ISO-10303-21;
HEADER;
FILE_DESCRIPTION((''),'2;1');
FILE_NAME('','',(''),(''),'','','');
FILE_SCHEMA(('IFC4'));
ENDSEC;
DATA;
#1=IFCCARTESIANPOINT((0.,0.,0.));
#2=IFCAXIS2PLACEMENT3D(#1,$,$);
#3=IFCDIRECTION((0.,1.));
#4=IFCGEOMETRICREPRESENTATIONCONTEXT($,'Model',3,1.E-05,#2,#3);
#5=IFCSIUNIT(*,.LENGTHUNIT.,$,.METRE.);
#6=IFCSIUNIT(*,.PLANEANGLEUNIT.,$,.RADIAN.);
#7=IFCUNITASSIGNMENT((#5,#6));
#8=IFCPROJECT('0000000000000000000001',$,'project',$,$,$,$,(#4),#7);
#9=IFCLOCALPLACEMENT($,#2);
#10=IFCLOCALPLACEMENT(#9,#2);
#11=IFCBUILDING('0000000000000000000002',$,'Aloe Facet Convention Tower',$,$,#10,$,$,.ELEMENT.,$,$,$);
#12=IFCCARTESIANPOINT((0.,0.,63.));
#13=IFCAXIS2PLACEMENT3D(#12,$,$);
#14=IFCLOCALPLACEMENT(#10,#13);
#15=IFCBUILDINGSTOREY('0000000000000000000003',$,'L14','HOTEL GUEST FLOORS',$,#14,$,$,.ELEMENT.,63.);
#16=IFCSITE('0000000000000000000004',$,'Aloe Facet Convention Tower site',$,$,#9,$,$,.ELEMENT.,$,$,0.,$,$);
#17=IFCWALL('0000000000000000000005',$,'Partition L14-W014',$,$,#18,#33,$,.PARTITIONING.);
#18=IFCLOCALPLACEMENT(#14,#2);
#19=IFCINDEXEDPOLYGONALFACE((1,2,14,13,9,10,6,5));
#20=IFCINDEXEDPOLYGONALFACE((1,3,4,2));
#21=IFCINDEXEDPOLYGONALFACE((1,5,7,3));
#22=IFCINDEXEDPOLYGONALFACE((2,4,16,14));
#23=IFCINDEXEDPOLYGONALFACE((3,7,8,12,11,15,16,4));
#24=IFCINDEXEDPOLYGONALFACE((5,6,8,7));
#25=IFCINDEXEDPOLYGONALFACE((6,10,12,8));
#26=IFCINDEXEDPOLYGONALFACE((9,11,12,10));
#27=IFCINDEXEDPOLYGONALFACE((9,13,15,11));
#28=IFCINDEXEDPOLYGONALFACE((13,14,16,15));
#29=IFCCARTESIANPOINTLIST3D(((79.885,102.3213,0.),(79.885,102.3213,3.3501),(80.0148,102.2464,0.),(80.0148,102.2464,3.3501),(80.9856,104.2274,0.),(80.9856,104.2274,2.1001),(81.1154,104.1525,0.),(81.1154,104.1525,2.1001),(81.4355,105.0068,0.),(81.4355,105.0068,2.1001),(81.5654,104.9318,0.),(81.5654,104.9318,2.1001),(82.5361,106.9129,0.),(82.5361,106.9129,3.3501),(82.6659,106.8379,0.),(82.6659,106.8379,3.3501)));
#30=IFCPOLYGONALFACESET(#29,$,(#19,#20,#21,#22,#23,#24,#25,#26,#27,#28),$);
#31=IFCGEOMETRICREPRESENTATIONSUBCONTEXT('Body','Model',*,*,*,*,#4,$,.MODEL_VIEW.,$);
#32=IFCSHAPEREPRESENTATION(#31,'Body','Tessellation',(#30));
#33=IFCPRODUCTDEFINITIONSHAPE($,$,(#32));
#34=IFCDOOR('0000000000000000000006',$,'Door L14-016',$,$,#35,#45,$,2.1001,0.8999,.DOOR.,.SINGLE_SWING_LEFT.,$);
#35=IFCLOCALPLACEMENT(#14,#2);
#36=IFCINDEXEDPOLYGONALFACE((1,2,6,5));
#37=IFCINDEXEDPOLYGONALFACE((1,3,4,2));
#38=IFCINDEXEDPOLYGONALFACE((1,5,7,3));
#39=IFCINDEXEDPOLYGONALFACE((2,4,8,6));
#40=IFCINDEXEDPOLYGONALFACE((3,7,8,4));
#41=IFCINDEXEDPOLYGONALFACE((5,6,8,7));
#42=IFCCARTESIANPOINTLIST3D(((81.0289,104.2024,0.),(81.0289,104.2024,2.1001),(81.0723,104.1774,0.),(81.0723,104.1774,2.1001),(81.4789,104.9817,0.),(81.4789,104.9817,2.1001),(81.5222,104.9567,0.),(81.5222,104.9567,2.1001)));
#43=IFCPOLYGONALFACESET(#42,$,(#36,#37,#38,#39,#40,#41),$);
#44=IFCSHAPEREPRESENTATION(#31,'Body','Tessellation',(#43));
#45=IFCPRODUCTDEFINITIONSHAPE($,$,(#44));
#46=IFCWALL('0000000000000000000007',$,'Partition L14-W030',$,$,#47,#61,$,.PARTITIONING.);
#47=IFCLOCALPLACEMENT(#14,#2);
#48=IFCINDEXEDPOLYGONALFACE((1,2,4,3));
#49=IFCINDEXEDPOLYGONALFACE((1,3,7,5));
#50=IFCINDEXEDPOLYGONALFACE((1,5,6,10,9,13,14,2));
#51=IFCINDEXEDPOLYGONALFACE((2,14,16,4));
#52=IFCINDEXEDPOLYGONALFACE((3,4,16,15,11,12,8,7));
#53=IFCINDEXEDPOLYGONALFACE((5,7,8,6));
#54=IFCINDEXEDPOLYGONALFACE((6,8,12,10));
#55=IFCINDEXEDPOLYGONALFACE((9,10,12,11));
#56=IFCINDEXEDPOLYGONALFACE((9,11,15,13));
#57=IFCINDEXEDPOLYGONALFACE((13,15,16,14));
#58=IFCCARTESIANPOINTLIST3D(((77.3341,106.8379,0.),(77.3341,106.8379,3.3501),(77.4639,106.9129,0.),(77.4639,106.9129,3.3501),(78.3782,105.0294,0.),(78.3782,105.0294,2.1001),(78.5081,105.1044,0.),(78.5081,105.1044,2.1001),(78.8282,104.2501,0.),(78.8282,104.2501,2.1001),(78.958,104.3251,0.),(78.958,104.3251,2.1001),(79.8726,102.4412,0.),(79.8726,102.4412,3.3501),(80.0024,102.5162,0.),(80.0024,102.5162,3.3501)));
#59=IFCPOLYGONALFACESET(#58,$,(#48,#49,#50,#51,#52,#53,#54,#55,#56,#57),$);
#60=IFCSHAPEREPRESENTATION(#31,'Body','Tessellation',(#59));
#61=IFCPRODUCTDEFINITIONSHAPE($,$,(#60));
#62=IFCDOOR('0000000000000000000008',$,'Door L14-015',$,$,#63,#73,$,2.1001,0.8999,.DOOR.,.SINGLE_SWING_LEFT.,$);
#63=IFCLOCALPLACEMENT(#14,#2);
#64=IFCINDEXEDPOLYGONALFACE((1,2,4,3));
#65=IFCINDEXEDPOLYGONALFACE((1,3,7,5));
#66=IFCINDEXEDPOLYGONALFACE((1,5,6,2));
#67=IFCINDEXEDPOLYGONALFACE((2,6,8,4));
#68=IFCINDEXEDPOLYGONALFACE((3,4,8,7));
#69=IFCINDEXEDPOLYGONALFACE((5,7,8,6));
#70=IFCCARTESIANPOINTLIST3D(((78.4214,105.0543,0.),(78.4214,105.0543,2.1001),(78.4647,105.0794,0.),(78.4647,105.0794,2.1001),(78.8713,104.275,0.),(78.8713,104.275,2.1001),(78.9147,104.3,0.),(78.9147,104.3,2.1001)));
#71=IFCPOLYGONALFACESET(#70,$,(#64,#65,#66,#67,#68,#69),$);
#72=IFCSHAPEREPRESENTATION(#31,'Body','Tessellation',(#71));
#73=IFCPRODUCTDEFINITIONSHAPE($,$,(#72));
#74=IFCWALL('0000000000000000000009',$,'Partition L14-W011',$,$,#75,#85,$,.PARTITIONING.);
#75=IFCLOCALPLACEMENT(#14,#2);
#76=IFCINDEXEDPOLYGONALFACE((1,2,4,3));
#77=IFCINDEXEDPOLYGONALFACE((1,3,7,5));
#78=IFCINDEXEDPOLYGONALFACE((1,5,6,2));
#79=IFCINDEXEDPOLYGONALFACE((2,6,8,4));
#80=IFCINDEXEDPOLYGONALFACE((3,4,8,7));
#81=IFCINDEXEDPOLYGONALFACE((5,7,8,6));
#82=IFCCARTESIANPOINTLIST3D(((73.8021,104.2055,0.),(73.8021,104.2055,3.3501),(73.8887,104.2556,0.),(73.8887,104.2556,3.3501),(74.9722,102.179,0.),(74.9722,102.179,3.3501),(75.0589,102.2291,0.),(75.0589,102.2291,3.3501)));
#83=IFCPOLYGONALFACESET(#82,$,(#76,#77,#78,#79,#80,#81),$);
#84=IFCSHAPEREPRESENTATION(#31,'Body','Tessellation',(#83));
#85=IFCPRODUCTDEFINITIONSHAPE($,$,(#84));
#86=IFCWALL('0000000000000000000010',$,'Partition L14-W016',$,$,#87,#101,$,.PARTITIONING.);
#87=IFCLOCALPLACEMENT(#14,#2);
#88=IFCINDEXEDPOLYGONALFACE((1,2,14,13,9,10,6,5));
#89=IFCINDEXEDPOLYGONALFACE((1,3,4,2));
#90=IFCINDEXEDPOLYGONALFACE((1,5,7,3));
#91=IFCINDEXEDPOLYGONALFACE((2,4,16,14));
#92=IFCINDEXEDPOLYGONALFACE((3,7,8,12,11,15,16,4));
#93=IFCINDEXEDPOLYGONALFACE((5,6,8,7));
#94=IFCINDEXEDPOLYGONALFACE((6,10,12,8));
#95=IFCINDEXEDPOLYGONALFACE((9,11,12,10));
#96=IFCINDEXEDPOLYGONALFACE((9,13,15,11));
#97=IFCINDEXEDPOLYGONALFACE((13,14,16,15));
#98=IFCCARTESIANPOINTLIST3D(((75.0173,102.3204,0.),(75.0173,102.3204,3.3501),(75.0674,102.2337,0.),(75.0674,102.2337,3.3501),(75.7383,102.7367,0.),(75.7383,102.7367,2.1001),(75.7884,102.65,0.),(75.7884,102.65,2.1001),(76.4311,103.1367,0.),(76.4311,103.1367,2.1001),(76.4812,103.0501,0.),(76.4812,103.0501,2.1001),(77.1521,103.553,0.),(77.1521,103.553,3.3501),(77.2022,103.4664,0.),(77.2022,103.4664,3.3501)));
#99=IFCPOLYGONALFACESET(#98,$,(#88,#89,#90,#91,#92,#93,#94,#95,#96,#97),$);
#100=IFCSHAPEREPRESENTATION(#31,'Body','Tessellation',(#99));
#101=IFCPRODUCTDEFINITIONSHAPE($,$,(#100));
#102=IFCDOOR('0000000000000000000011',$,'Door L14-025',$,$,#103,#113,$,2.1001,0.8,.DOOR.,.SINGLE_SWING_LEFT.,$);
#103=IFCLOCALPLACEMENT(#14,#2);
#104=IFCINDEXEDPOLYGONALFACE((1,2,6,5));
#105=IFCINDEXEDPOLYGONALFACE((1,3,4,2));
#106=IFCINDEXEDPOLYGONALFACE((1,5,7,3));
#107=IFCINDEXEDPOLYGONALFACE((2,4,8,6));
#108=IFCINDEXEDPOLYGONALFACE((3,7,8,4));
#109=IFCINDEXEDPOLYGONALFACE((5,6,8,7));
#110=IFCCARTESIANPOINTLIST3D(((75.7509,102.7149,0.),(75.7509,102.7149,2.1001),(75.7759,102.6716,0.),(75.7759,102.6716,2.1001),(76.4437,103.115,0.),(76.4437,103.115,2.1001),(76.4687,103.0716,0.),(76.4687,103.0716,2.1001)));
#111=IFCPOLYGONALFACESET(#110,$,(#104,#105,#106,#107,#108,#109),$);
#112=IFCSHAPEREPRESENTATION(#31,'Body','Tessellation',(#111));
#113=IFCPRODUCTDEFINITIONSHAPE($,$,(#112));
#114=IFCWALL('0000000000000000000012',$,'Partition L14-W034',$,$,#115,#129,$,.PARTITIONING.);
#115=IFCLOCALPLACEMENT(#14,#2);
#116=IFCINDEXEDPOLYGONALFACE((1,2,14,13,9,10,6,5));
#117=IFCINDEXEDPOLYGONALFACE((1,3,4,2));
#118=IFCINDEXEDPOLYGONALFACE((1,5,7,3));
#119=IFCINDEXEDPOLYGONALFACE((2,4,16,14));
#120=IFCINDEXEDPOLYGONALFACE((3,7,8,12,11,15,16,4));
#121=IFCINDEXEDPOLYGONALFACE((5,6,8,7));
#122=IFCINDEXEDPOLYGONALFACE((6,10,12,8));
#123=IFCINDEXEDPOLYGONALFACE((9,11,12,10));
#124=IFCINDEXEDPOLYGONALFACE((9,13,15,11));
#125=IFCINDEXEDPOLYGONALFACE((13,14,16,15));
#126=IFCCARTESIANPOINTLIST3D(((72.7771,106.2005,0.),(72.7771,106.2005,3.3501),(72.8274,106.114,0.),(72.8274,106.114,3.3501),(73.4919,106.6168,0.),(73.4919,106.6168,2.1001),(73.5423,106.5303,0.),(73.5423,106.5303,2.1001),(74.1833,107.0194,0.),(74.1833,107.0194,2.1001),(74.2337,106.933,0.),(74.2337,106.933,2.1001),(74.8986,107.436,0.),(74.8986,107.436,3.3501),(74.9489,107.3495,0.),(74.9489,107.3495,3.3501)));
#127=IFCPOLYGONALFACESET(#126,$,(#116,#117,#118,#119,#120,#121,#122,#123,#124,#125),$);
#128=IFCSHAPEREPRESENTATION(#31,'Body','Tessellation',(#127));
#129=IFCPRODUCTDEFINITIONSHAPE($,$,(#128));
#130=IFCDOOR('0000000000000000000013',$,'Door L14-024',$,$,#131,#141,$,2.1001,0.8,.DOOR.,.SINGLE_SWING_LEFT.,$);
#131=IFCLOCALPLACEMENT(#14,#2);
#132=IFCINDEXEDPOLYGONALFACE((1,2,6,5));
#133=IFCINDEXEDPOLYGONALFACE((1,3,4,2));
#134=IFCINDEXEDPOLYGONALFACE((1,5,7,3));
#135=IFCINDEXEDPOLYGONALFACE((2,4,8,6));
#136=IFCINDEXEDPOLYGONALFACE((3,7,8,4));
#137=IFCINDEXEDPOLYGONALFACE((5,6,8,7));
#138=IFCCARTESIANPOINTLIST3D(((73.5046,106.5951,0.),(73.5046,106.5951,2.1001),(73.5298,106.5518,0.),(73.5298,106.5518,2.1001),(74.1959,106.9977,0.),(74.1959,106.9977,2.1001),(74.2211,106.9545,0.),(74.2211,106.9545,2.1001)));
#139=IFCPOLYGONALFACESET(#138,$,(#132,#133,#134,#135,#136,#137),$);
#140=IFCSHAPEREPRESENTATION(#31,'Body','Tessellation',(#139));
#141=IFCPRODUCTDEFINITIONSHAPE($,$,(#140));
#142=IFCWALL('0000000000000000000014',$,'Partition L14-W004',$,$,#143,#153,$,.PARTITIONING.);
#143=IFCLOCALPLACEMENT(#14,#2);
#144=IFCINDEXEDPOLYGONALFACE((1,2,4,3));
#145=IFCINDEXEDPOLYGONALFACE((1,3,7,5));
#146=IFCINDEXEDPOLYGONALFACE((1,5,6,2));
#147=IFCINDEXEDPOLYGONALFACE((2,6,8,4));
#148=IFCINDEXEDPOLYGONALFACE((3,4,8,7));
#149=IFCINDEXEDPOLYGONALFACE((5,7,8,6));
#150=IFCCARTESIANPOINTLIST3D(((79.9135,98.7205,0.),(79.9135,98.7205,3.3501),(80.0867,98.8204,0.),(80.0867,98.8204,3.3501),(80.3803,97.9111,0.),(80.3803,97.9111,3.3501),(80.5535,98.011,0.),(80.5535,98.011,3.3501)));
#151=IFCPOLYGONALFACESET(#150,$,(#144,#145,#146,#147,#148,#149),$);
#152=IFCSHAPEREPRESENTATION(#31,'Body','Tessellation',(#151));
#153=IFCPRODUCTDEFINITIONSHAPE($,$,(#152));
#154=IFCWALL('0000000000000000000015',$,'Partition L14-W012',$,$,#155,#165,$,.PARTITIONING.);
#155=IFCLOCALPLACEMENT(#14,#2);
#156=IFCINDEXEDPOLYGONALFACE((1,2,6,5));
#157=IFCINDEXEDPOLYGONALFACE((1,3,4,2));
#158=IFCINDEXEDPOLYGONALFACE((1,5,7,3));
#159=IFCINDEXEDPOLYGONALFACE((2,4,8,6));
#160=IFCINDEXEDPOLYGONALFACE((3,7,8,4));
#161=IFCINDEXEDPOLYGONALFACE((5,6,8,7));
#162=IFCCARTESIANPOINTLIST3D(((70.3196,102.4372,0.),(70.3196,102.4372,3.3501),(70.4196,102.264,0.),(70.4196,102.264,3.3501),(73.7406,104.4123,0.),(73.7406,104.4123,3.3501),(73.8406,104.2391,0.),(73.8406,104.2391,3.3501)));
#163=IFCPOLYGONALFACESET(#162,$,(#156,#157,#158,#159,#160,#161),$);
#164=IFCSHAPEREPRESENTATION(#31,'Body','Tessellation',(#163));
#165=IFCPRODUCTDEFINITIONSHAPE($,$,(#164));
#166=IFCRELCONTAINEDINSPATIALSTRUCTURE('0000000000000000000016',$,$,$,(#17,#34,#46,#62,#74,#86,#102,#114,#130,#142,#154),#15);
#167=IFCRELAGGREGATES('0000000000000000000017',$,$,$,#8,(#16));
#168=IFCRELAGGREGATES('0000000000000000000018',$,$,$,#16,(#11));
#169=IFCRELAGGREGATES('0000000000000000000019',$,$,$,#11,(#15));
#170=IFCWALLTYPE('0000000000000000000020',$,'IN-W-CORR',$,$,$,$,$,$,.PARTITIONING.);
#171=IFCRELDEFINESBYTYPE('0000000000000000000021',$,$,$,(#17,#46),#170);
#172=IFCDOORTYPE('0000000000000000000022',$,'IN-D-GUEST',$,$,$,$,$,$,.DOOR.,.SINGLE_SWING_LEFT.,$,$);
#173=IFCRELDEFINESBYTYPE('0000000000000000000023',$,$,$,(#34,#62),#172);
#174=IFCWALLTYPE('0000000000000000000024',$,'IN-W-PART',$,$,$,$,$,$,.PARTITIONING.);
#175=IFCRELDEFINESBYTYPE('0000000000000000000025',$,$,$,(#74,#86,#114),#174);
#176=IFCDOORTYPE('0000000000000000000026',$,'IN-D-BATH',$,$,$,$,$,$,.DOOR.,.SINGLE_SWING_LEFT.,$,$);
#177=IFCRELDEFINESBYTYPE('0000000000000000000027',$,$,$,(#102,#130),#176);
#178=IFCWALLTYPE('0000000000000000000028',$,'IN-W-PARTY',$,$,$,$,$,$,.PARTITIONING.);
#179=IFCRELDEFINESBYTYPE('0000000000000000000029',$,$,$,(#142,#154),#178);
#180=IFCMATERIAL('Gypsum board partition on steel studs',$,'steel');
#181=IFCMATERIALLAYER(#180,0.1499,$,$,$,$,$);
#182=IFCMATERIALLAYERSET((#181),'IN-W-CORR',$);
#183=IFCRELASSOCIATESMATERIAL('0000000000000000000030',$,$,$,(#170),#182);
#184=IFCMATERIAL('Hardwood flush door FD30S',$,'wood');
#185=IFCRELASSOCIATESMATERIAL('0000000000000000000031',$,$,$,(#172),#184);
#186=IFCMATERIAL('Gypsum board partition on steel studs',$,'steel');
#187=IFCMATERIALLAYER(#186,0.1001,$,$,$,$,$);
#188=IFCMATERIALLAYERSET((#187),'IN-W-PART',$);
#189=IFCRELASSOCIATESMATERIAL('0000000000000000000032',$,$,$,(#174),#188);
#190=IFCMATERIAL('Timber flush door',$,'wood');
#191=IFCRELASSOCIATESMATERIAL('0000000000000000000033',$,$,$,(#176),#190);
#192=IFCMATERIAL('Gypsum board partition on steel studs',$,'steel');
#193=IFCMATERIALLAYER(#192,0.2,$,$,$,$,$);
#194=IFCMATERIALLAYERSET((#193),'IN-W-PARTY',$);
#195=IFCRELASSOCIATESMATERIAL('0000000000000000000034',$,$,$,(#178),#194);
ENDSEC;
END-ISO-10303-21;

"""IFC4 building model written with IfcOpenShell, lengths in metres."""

from ifc_helpers import new_model, si_unit, direction, frame, frame_2d, origin, place, context, subcontext, project, spatial, rectangle, extrude, material, layer, layer_set, type_object, element, fill, save


model = new_model("IFC4")

# Units and contexts
model_context = context("Model", 3, precision=1e-05, world=origin(), true_north=direction((0.0, 1.0)))
body_context = subcontext(model_context, "Body", "Model", "MODEL_VIEW")
ifc_project = project(units=[si_unit("LENGTHUNIT", "METRE"), si_unit("PLANEANGLEUNIT", "RADIAN")], contexts=[model_context])

# Site, building, storey
site_placement = place(None, origin())
site = spatial("IfcSite", under=ifc_project, at=site_placement, Name="Aloe Facet Convention Tower site", CompositionType="ELEMENT", RefElevation=0.0)
building_placement = place(site_placement, origin())
building = spatial("IfcBuilding", under=site, at=building_placement, Name="Aloe Facet Convention Tower", CompositionType="ELEMENT")
storey_placement = place(building_placement, frame((0.0, 0.0, 63.0)))
storey = spatial("IfcBuildingStorey", under=building, at=storey_placement, Name="L14", Description="HOTEL GUEST FLOORS", CompositionType="ELEMENT", Elevation=63.0)

# Shared definitions
ifc_material_1 = material(Name="Gypsum board partition on steel studs", Category="steel")
ifc_layer_1 = layer(ifc_material_1, 0.1499)
ifc_layer_set_1 = layer_set([ifc_layer_1], Name="IN-W-CORR")
wall_type_1 = type_object("IfcWallType", Name="IN-W-CORR", PredefinedType="PARTITIONING", material=ifc_layer_set_1)
ifc_material_2 = material(Name="Hardwood flush door FD30S", Category="wood")
door_type_1 = type_object("IfcDoorType", Name="IN-D-GUEST", OperationType="SINGLE_SWING_LEFT", PredefinedType="DOOR", material=ifc_material_2)

# Walls, openings, doors
wall_1_placement = place(storey_placement, frame((79.95, 102.2839, 0.0), z_axis=(0.0, 0.0, 1.0), x_axis=(0.500027, 0.86601, 0.0)))
wall_1 = element("IfcWall", 1, at=wall_1_placement, inside=storey, type_object=wall_type_1, Name="Partition L14-W014", PredefinedType="PARTITIONING", context=body_context, shape_type="SweptSolid", body=[
    extrude(rectangle(XDim=5.302, YDim=0.1499, at=frame_2d((2.6509, 0.0))), origin(), (0.0, 0.0, 1.0), 3.3501),
])
opening_1_placement = place(wall_1_placement, frame((2.2009, 0.0, 0.0)))
opening_1 = element("IfcOpeningElement", 2, at=opening_1_placement, cuts=wall_1, PredefinedType="OPENING", context=body_context, shape_type="SweptSolid", body=[
    extrude(rectangle(XDim=0.8999, YDim=2.1001, at=frame_2d((0.45, 1.05))), frame((0.0, 0.085, 0.0), z_axis=(0.0, -1.0, 0.0), x_axis=(1.0, 0.0, 0.0)), (0.0, 0.0, 1.0), 0.1699),
])
door_1_placement = place(opening_1_placement, origin())
door_1 = element("IfcDoor", 3, at=door_1_placement, inside=storey, type_object=door_type_1, Name="Door L14-016", OperationType="SINGLE_SWING_LEFT", OverallHeight=2.1001, OverallWidth=0.8999, PredefinedType="DOOR", context=body_context, shape_type="SweptSolid", body=[
    extrude(rectangle(XDim=0.8999, YDim=2.1001, at=frame_2d((0.45, 1.05))), frame((0.0, 0.0249, 0.0), z_axis=(0.0, -1.0, 0.0), x_axis=(1.0, 0.0, 0.0)), (0.0, 0.0, 1.0), 0.05),
])
fill(opening_1, door_1)
wall_2_placement = place(storey_placement, frame((77.3989, 106.8755, 0.0), z_axis=(0.0, 0.0, 1.0), x_axis=(0.500018, -0.866015, 0.0)))
wall_2 = element("IfcWall", 4, at=wall_2_placement, inside=storey, type_object=wall_type_1, Name="Partition L14-W030", PredefinedType="PARTITIONING", context=body_context, shape_type="SweptSolid", body=[
    extrude(rectangle(XDim=5.0769, YDim=0.1499, at=frame_2d((2.5386, 0.0))), origin(), (0.0, 0.0, 1.0), 3.3501),
])
opening_2_placement = place(wall_2_placement, frame((2.0884, 0.0, 0.0)))
opening_2 = element("IfcOpeningElement", 5, at=opening_2_placement, cuts=wall_2, PredefinedType="OPENING", context=body_context, shape_type="SweptSolid", body=[
    extrude(rectangle(XDim=0.8999, YDim=2.1001, at=frame_2d((0.45, 1.05))), frame((0.0, 0.085, 0.0), z_axis=(0.0, -1.0, 0.0), x_axis=(1.0, 0.0, 0.0)), (0.0, 0.0, 1.0), 0.1699),
])
door_2_placement = place(opening_2_placement, origin())
door_2 = element("IfcDoor", 6, at=door_2_placement, inside=storey, type_object=door_type_1, Name="Door L14-015", OperationType="SINGLE_SWING_LEFT", OverallHeight=2.1001, OverallWidth=0.8999, PredefinedType="DOOR", context=body_context, shape_type="SweptSolid", body=[
    extrude(rectangle(XDim=0.8999, YDim=2.1001, at=frame_2d((0.45, 1.05))), frame((0.0, 0.0249, 0.0), z_axis=(0.0, -1.0, 0.0), x_axis=(1.0, 0.0, 0.0)), (0.0, 0.0, 1.0), 0.05),
])
fill(opening_2, door_2)

# Wall
ifc_material_3 = material(Name="Gypsum board partition on steel studs", Category="steel")
ifc_layer_2 = layer(ifc_material_3, 0.1001)
ifc_layer_set_2 = layer_set([ifc_layer_2], Name="IN-W-PART")
wall_type_2 = type_object("IfcWallType", Name="IN-W-PART", PredefinedType="PARTITIONING", material=ifc_layer_set_2)
wall_3_placement = place(storey_placement, frame((73.8455, 104.2305, 0.0), z_axis=(0.0, 0.0, 1.0), x_axis=(0.500033, -0.866007, 0.0)))
element("IfcWall", 7, at=wall_3_placement, inside=storey, type_object=wall_type_2, Name="Partition L14-W011", PredefinedType="PARTITIONING", context=body_context, shape_type="SweptSolid", body=[
    extrude(rectangle(XDim=2.3401, YDim=0.1001, at=frame_2d((1.1699, 0.0))), origin(), (0.0, 0.0, 1.0), 3.3501),
])

# Walls, openings, doors
wall_4_placement = place(storey_placement, frame((75.0425, 102.2771, 0.0), z_axis=(0.0, 0.0, 1.0), x_axis=(0.865998, 0.500048, 0.0)))
wall_4 = element("IfcWall", 8, at=wall_4_placement, inside=storey, type_object=wall_type_2, Name="Partition L14-W016", PredefinedType="PARTITIONING", context=body_context, shape_type="SweptSolid", body=[
    extrude(rectangle(XDim=2.4651, YDim=0.1001, at=frame_2d((1.2324, 0.0))), origin(), (0.0, 0.0, 1.0), 3.3501),
])
opening_3_placement = place(wall_4_placement, frame((0.8325, 0.0, 0.0)))
opening_3 = element("IfcOpeningElement", 9, at=opening_3_placement, cuts=wall_4, PredefinedType="OPENING", context=body_context, shape_type="SweptSolid", body=[
    extrude(rectangle(XDim=0.8, YDim=2.1001, at=frame_2d((0.3999, 1.05))), frame((0.0, 0.0601, 0.0), z_axis=(0.0, -1.0, 0.0), x_axis=(1.0, 0.0, 0.0)), (0.0, 0.0, 1.0), 0.1201),
])
ifc_material_4 = material(Name="Timber flush door", Category="wood")
door_type_2 = type_object("IfcDoorType", Name="IN-D-BATH", OperationType="SINGLE_SWING_LEFT", PredefinedType="DOOR", material=ifc_material_4)
door_3_placement = place(opening_3_placement, origin())
door_3 = element("IfcDoor", 10, at=door_3_placement, inside=storey, type_object=door_type_2, Name="Door L14-025", OperationType="SINGLE_SWING_LEFT", OverallHeight=2.1001, OverallWidth=0.8, PredefinedType="DOOR", context=body_context, shape_type="SweptSolid", body=[
    extrude(rectangle(XDim=0.8, YDim=2.1001, at=frame_2d((0.3999, 1.05))), frame((0.0, 0.0249, 0.0), z_axis=(0.0, -1.0, 0.0), x_axis=(1.0, 0.0, 0.0)), (0.0, 0.0, 1.0), 0.05),
])
fill(opening_3, door_3)
wall_5_placement = place(storey_placement, frame((72.8022, 106.1572, 0.0), z_axis=(0.0, 0.0, 1.0), x_axis=(0.864132, 0.503265, 0.0)))
wall_5 = element("IfcWall", 11, at=wall_5_placement, inside=storey, type_object=wall_type_2, Name="Partition L14-W034", PredefinedType="PARTITIONING", context=body_context, shape_type="SweptSolid", body=[
    extrude(rectangle(XDim=2.4551, YDim=0.1001, at=frame_2d((1.2275, 0.0))), origin(), (0.0, 0.0, 1.0), 3.3501),
])
opening_4_placement = place(wall_5_placement, frame((0.8274, 0.0, 0.0)))
opening_4 = element("IfcOpeningElement", 12, at=opening_4_placement, cuts=wall_5, PredefinedType="OPENING", context=body_context, shape_type="SweptSolid", body=[
    extrude(rectangle(XDim=0.8, YDim=2.1001, at=frame_2d((0.3999, 1.05))), frame((0.0, 0.0601, 0.0), z_axis=(0.0, -1.0, 0.0), x_axis=(1.0, 0.0, 0.0)), (0.0, 0.0, 1.0), 0.1201),
])
door_4_placement = place(opening_4_placement, origin())
door_4 = element("IfcDoor", 13, at=door_4_placement, inside=storey, type_object=door_type_2, Name="Door L14-024", OperationType="SINGLE_SWING_LEFT", OverallHeight=2.1001, OverallWidth=0.8, PredefinedType="DOOR", context=body_context, shape_type="SweptSolid", body=[
    extrude(rectangle(XDim=0.8, YDim=2.1001, at=frame_2d((0.3999, 1.05))), frame((0.0, 0.0249, 0.0), z_axis=(0.0, -1.0, 0.0), x_axis=(1.0, 0.0, 0.0)), (0.0, 0.0, 1.0), 0.05),
])
fill(opening_4, door_4)

# Walls
ifc_material_5 = material(Name="Gypsum board partition on steel studs", Category="steel")
ifc_layer_3 = layer(ifc_material_5, 0.2)
ifc_layer_set_3 = layer_set([ifc_layer_3], Name="IN-W-PARTY")
wall_type_3 = type_object("IfcWallType", Name="IN-W-PARTY", PredefinedType="PARTITIONING", material=ifc_layer_set_3)
wall_6_placement = place(storey_placement, frame((80.0, 98.7705, 0.0), z_axis=(0.0, 0.0, 1.0), x_axis=(0.499624, -0.866242, 0.0)))
element("IfcWall", 14, at=wall_6_placement, inside=storey, type_object=wall_type_3, Name="Partition L14-W004", PredefinedType="PARTITIONING", context=body_context, shape_type="SweptSolid", body=[
    extrude(rectangle(XDim=0.9343, YDim=0.2, at=frame_2d((0.4673, 0.0))), origin(), (0.0, 0.0, 1.0), 3.3501),
])
wall_7_placement = place(storey_placement, frame((70.3696, 102.3506, 0.0), z_axis=(0.0, 0.0, 1.0), x_axis=(0.866021, 0.500008, 0.0)))
element("IfcWall", 15, at=wall_7_placement, inside=storey, type_object=wall_type_3, Name="Partition L14-W012", PredefinedType="PARTITIONING", context=body_context, shape_type="SweptSolid", body=[
    extrude(rectangle(XDim=3.9502, YDim=0.2, at=frame_2d((1.9751, 0.0))), origin(), (0.0, 0.0, 1.0), 3.3501),
])

save(model, "model.ifc")
